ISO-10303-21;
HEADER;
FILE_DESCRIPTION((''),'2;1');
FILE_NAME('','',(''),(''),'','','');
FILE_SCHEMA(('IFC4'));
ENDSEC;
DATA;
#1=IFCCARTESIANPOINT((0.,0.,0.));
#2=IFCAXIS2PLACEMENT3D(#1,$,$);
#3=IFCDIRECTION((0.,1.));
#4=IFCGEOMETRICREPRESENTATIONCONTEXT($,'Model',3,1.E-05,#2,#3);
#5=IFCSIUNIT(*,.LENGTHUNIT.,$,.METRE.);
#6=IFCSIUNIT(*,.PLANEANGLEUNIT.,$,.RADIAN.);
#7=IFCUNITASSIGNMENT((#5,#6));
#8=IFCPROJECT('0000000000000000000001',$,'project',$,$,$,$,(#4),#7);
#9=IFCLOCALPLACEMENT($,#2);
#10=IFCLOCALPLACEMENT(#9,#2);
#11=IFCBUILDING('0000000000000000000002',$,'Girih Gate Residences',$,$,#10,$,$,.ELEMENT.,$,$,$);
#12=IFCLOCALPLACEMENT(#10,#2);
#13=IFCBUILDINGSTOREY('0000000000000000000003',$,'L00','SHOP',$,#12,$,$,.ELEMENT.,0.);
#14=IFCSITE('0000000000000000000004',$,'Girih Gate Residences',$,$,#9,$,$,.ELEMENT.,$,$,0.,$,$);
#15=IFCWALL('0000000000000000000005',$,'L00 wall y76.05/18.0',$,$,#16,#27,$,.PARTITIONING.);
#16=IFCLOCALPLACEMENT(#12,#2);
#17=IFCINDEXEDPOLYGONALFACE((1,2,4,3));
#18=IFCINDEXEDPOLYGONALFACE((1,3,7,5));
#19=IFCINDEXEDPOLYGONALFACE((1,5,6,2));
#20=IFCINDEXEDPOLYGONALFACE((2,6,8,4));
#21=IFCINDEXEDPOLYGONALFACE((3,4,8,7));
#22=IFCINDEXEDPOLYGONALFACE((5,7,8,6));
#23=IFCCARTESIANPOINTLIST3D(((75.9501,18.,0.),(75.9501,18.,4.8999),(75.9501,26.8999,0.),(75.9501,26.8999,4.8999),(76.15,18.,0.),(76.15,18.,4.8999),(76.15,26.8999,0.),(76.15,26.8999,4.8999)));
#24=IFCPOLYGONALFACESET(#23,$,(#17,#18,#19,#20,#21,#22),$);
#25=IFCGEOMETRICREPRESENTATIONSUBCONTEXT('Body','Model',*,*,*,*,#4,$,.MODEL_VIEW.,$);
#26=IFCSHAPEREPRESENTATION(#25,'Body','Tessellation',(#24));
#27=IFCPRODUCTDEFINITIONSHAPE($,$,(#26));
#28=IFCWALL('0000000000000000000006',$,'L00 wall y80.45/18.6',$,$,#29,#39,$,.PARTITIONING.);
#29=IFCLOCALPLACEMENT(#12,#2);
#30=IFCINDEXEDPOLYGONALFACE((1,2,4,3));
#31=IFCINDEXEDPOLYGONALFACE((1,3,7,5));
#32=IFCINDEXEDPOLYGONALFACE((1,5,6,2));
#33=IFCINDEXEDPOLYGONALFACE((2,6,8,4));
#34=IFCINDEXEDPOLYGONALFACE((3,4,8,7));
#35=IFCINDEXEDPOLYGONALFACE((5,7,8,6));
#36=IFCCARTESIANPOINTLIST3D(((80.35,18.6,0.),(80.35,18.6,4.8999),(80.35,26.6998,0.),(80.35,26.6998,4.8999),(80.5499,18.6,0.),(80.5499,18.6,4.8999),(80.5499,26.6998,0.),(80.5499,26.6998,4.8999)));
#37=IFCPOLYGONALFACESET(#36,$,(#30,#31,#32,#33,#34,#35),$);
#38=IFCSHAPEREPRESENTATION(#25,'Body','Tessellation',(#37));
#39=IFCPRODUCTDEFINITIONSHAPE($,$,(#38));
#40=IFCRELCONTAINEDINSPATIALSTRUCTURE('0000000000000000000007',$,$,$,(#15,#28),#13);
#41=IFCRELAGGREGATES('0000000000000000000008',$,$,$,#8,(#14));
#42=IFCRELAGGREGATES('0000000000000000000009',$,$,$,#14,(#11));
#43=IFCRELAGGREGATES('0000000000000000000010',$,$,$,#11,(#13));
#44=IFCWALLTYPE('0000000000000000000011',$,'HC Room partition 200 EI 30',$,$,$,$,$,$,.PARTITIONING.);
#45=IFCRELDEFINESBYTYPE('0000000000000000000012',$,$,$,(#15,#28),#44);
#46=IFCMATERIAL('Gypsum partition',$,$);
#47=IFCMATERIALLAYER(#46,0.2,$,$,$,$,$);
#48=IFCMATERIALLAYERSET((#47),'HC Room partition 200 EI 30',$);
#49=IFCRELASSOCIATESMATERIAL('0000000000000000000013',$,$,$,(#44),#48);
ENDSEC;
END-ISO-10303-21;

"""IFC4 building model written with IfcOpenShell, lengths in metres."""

from ifc_helpers import new_model, si_unit, direction, frame, frame_2d, origin, place, context, subcontext, project, spatial, rectangle, extrude, material, layer, layer_set, type_object, element, save


model = new_model("IFC4")

# Units and contexts
model_context = context("Model", 3, precision=1e-05, world=origin(), true_north=direction((0.0, 1.0)))
body_context = subcontext(model_context, "Body", "Model", "MODEL_VIEW")
ifc_project = project(units=[si_unit("LENGTHUNIT", "METRE"), si_unit("PLANEANGLEUNIT", "RADIAN")], contexts=[model_context])

# Site, building, storey
site_placement = place(None, origin())
site = spatial("IfcSite", under=ifc_project, at=site_placement, Name="Girih Gate Residences", CompositionType="ELEMENT", RefElevation=0.0)
building_placement = place(site_placement, origin())
building = spatial("IfcBuilding", under=site, at=building_placement, Name="Girih Gate Residences", CompositionType="ELEMENT")
storey_placement = place(building_placement, origin())
storey = spatial("IfcBuildingStorey", under=building, at=storey_placement, Name="L00", Description="SHOP", CompositionType="ELEMENT", Elevation=0.0)

# Walls
ifc_material_1 = material(Name="Gypsum partition")
ifc_layer_1 = layer(ifc_material_1, 0.2)
ifc_layer_set_1 = layer_set([ifc_layer_1], Name="HC Room partition 200 EI 30")
wall_type_1 = type_object("IfcWallType", Name="HC Room partition 200 EI 30", PredefinedType="PARTITIONING", material=ifc_layer_set_1)
wall_1_placement = place(storey_placement, frame((76.05, 18.0, 0.0), z_axis=(0.0, 0.0, 1.0), x_axis=(0.0, 1.0, 0.0)))
element("IfcWall", 1, at=wall_1_placement, inside=storey, type_object=wall_type_1, Name="L00 wall y76.05/18.0", PredefinedType="PARTITIONING", context=body_context, shape_type="SweptSolid", body=[
    extrude(rectangle(XDim=8.8999, YDim=0.2, at=frame_2d((4.45, 0.0))), origin(), (0.0, 0.0, 1.0), 4.8999),
])
wall_2_placement = place(storey_placement, frame((80.45, 18.6001, 0.0), z_axis=(0.0, 0.0, 1.0), x_axis=(0.0, 1.0, 0.0)))
element("IfcWall", 2, at=wall_2_placement, inside=storey, type_object=wall_type_1, Name="L00 wall y80.45/18.6", PredefinedType="PARTITIONING", context=body_context, shape_type="SweptSolid", body=[
    extrude(rectangle(XDim=8.0999, YDim=0.2, at=frame_2d((4.0498, 0.0))), origin(), (0.0, 0.0, 1.0), 4.8999),
])

save(model, "model.ifc")
